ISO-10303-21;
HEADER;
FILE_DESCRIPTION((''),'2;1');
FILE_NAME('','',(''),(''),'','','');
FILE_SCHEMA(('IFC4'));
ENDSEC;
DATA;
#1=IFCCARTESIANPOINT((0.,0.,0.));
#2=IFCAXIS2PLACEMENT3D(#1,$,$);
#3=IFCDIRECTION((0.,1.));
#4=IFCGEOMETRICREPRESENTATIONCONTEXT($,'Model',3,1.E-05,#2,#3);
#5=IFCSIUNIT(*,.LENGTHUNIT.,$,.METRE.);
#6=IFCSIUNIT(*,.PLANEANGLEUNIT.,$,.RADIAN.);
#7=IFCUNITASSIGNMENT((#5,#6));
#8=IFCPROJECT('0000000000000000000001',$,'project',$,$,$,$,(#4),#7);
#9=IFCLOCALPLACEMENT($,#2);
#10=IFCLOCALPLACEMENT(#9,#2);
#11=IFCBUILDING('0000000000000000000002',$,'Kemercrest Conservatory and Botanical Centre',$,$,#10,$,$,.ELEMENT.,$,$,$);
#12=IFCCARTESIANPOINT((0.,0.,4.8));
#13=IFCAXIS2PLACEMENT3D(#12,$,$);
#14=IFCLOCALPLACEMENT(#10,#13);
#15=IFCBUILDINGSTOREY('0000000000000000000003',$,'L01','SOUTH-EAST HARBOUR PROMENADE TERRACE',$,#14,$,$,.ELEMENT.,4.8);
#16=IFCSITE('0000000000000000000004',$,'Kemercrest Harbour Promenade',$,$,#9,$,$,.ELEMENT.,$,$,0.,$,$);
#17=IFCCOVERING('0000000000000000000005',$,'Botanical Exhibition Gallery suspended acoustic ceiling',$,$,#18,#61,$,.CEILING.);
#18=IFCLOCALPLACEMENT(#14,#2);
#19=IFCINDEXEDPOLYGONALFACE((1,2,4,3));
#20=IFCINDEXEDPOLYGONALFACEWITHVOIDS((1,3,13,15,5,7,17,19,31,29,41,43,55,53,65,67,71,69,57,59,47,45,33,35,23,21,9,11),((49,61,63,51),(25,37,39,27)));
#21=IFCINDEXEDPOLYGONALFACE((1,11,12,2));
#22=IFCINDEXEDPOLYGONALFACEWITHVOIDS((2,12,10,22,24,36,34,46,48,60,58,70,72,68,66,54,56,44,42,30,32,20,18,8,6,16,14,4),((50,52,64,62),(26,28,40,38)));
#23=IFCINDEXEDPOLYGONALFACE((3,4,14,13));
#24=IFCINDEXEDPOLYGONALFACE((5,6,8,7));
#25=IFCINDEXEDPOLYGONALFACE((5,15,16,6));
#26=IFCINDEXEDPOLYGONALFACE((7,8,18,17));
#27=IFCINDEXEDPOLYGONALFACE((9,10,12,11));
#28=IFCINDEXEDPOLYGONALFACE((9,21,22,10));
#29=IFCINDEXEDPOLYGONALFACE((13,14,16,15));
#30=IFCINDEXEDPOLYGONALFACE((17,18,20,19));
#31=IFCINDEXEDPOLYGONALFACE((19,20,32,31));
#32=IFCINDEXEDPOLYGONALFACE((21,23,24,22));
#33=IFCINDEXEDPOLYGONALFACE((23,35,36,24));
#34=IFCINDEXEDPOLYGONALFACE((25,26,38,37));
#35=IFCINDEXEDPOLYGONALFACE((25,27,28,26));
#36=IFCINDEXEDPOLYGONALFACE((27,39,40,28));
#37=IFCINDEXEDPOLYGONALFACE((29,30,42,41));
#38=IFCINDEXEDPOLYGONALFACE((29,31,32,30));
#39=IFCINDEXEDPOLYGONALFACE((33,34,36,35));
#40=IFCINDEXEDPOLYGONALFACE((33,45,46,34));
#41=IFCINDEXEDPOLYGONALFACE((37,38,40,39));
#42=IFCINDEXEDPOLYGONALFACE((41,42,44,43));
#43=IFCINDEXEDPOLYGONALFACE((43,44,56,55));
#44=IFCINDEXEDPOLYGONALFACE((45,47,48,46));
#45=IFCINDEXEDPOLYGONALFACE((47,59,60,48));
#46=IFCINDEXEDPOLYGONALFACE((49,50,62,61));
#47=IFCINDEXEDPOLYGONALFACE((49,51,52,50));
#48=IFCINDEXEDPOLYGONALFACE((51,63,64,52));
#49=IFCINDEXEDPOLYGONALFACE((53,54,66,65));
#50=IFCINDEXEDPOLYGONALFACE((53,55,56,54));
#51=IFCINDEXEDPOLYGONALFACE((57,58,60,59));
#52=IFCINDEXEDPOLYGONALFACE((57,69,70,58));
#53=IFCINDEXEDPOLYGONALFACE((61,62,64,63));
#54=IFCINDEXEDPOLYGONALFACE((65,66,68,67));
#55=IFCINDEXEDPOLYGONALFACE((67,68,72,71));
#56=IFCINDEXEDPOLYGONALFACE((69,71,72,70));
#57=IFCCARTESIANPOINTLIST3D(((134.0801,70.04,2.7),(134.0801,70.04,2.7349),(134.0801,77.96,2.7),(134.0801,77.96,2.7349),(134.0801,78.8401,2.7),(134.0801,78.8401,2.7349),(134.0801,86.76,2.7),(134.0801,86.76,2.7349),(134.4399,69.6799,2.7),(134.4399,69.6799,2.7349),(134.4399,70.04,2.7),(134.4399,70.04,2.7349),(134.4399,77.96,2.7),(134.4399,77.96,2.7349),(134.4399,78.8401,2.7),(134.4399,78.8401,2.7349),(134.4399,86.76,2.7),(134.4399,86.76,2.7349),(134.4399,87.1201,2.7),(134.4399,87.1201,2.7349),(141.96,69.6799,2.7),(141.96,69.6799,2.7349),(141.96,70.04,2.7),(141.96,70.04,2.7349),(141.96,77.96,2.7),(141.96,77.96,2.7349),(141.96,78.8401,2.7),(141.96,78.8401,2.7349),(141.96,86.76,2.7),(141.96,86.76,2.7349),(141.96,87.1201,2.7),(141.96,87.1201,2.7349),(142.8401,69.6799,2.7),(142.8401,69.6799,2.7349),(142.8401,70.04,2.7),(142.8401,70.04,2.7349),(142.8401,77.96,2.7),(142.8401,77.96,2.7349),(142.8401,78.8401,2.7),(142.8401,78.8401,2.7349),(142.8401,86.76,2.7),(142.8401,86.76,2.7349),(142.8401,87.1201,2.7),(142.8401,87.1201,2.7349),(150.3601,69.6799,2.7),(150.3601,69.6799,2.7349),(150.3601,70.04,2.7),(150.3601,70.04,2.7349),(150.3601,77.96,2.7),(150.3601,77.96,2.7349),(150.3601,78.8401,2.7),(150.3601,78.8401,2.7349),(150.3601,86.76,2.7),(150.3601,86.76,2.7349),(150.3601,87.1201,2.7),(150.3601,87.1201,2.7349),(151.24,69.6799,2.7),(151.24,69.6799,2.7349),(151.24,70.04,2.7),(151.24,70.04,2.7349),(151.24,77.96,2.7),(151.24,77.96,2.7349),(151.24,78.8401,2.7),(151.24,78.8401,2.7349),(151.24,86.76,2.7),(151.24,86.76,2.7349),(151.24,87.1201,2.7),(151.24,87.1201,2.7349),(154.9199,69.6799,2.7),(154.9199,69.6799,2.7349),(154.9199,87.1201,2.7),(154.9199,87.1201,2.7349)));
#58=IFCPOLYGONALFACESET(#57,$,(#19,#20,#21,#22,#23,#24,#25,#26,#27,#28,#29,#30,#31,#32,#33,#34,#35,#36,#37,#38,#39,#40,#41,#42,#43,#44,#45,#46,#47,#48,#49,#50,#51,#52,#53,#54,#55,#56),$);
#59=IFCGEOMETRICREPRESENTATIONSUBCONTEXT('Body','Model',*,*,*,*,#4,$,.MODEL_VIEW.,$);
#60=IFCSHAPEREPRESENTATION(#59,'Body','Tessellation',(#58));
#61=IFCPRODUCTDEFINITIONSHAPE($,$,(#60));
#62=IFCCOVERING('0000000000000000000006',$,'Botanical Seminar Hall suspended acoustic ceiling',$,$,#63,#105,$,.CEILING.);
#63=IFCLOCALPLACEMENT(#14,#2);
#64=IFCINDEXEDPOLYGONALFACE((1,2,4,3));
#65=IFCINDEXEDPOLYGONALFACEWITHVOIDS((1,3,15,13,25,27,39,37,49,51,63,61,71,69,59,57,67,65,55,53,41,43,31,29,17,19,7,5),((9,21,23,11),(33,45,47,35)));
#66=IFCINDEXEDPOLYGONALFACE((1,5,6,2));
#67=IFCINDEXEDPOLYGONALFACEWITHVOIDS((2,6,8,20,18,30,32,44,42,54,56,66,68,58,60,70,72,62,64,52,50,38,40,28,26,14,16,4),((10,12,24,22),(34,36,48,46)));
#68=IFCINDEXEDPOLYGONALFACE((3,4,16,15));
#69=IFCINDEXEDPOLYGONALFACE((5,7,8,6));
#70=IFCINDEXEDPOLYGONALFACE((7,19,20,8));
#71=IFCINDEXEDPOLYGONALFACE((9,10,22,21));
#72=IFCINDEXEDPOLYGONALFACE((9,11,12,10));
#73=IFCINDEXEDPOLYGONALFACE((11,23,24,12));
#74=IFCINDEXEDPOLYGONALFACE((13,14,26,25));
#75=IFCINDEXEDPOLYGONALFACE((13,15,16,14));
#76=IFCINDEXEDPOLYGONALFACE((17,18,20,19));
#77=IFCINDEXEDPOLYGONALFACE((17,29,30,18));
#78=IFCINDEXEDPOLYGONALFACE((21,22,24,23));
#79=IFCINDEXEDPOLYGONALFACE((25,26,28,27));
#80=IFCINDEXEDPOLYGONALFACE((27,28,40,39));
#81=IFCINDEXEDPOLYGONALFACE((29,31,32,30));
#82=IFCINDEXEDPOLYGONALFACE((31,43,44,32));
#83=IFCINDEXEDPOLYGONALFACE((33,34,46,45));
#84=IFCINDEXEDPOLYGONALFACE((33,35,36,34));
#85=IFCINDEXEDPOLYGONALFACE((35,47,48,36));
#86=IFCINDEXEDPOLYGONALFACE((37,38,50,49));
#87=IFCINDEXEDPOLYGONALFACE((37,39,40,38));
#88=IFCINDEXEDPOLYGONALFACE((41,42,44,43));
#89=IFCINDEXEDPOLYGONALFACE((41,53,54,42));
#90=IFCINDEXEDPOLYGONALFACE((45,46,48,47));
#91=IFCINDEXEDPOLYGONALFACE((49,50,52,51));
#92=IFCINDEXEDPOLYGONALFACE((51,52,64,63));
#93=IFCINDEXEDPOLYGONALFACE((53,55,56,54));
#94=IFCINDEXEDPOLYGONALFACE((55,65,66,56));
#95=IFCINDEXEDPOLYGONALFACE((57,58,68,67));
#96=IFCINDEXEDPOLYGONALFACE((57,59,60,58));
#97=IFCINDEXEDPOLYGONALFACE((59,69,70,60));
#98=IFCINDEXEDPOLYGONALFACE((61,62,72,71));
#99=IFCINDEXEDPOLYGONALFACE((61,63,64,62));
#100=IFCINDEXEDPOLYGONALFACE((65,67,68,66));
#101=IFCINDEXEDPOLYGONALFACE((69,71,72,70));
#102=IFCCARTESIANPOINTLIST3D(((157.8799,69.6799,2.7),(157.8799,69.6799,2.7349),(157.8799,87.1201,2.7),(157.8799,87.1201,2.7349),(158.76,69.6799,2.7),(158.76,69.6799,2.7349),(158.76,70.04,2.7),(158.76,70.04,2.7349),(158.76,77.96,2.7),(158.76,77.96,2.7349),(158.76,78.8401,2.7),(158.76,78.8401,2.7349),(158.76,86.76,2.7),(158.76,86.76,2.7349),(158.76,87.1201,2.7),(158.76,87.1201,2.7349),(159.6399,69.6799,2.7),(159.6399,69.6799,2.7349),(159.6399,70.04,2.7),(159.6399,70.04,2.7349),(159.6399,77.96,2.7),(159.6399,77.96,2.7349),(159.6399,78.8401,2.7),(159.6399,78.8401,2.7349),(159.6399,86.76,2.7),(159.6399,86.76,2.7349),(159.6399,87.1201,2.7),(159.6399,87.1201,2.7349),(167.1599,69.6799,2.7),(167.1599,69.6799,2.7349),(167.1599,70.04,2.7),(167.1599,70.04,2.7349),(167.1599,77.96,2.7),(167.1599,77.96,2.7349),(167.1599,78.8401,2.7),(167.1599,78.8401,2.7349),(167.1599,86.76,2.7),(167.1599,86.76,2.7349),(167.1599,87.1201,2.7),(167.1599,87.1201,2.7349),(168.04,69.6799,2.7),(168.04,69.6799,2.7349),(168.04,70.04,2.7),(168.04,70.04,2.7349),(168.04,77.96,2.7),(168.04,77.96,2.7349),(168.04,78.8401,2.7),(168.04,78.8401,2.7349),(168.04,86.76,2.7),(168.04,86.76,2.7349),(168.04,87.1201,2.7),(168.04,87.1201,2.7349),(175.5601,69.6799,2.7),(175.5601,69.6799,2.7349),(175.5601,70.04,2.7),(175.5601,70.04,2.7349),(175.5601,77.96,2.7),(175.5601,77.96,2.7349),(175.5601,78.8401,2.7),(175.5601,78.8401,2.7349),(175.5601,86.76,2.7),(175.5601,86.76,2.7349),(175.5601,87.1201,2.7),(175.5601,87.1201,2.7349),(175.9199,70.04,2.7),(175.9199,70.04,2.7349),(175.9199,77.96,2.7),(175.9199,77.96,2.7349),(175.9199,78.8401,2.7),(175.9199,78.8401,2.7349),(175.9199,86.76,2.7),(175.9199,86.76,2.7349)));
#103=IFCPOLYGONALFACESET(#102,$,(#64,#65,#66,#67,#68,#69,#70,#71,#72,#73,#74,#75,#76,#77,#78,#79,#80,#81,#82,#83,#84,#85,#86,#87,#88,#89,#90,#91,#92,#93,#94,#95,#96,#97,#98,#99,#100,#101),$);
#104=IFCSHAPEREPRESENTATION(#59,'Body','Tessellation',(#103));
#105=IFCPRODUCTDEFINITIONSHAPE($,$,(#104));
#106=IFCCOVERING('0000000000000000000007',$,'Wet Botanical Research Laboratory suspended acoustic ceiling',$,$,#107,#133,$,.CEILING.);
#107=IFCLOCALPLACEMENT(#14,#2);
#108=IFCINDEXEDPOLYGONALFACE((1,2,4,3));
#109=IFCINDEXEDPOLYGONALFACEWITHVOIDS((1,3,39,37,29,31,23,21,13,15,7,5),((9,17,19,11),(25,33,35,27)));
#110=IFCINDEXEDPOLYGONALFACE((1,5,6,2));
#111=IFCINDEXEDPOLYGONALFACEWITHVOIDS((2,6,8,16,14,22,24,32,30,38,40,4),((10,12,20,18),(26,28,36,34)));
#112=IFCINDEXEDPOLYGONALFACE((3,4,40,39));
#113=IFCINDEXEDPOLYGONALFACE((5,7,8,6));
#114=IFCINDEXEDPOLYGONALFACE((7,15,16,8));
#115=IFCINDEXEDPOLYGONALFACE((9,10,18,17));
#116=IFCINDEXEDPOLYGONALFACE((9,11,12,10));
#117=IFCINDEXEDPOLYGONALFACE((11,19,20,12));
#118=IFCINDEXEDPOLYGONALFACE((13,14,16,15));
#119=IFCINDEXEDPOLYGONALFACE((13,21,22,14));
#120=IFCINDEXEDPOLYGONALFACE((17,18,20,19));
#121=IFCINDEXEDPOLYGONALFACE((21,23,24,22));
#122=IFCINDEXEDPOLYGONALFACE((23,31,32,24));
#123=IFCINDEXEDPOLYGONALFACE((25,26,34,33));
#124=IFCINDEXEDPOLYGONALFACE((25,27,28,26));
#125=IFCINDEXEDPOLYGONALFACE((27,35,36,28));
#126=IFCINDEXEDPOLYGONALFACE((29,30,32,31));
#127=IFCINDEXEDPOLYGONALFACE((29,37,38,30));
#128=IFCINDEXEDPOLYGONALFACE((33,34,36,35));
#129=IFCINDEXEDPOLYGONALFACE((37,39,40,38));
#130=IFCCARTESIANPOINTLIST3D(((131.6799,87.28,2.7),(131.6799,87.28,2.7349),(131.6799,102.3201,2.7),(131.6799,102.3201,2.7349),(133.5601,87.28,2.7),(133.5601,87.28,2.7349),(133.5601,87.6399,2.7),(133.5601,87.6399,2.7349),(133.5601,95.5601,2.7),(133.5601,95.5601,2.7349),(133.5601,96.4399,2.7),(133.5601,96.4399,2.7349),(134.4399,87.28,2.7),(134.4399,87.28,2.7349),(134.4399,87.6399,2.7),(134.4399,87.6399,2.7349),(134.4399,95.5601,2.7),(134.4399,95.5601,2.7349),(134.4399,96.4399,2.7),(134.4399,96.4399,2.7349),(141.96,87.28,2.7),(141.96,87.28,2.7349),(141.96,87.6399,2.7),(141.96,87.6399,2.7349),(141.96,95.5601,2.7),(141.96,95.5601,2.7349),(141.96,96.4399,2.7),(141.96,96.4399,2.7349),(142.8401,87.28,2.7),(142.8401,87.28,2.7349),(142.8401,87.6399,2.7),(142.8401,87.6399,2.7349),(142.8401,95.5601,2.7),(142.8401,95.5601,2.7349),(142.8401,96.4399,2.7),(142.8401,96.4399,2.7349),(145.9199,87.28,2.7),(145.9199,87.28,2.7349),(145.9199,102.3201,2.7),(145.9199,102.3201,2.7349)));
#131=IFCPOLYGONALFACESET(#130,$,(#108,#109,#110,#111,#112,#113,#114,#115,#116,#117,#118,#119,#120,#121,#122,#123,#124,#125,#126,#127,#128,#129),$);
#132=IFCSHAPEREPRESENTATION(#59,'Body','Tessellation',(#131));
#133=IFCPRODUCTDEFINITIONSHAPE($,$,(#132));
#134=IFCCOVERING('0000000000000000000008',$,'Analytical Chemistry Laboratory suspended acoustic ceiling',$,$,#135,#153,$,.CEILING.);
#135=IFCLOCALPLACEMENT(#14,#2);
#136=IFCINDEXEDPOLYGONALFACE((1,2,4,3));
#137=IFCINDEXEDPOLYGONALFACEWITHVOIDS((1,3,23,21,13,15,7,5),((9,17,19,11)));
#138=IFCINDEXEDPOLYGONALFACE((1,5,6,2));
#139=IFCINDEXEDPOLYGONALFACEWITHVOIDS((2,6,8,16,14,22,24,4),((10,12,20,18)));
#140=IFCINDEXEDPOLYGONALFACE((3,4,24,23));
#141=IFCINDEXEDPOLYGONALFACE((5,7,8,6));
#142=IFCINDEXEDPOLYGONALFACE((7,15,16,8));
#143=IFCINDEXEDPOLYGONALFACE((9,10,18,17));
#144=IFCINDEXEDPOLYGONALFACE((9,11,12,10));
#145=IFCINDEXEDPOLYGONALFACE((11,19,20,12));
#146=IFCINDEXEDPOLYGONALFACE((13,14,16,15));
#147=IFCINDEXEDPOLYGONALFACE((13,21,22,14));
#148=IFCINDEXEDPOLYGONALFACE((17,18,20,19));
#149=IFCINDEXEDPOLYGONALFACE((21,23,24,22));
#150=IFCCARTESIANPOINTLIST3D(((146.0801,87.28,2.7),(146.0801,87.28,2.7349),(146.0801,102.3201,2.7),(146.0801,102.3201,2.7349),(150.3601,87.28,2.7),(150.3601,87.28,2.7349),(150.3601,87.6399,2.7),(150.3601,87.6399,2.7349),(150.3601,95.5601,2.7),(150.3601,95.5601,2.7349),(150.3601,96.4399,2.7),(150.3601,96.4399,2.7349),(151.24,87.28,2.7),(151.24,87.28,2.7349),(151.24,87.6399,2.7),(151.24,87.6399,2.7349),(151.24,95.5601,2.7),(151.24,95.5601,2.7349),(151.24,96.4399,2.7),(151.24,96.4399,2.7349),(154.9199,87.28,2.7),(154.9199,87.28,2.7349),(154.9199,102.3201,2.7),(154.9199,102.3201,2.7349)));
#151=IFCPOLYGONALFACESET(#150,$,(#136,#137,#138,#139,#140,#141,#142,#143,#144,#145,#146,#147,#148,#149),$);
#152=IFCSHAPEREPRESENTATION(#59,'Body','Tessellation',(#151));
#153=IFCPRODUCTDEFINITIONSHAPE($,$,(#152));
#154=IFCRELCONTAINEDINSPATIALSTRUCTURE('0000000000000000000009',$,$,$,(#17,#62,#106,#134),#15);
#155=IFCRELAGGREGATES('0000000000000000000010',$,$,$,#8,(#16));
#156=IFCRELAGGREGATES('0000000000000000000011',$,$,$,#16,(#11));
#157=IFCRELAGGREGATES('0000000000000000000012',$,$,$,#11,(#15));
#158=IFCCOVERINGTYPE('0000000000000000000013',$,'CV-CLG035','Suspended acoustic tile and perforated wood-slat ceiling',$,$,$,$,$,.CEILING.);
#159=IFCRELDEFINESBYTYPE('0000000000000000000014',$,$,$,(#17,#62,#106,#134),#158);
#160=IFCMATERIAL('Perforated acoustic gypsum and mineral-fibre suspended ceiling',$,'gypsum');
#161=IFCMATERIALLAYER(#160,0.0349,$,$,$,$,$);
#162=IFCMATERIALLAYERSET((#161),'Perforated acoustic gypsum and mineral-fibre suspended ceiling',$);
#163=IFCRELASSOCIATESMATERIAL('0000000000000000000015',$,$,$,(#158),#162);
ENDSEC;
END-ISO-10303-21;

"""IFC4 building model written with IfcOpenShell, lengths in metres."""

from ifc_helpers import new_model, si_unit, direction, frame, origin, place, context, subcontext, project, spatial, polyline, outline, extrude, material, layer, layer_set, type_object, element, save


model = new_model("IFC4")

# Units and contexts
model_context = context("Model", 3, precision=1e-05, world=origin(), true_north=direction((0.0, 1.0)))
body_context = subcontext(model_context, "Body", "Model", "MODEL_VIEW")
ifc_project = project(units=[si_unit("LENGTHUNIT", "METRE"), si_unit("PLANEANGLEUNIT", "RADIAN")], contexts=[model_context])

# Site, building, storey
site_placement = place(None, origin())
site = spatial("IfcSite", under=ifc_project, at=site_placement, Name="Kemercrest Harbour Promenade", CompositionType="ELEMENT", RefElevation=0.0)
building_placement = place(site_placement, origin())
building = spatial("IfcBuilding", under=site, at=building_placement, Name="Kemercrest Conservatory and Botanical Centre", CompositionType="ELEMENT")
storey_placement = place(building_placement, frame((0.0, 0.0, 4.8)))
storey = spatial("IfcBuildingStorey", under=building, at=storey_placement, Name="L01", Description="SOUTH-EAST HARBOUR PROMENADE TERRACE", CompositionType="ELEMENT", Elevation=4.8)

# Coverings
ifc_material = material(Name="Perforated acoustic gypsum and mineral-fibre suspended ceiling", Category="gypsum")
ifc_layer = layer(ifc_material, 0.0349)
ifc_layer_set = layer_set([ifc_layer], Name="Perforated acoustic gypsum and mineral-fibre suspended ceiling")
covering_type = type_object("IfcCoveringType", Name="CV-CLG035", Description="Suspended acoustic tile and perforated wood-slat ceiling", PredefinedType="CEILING", material=ifc_layer_set)
covering_1_placement = place(storey_placement, frame((0.0, 0.0, 2.7)))
element("IfcCovering", 1, at=covering_1_placement, inside=storey, type_object=covering_type, Name="Botanical Exhibition Gallery suspended acoustic ceiling", PredefinedType="CEILING", context=body_context, shape_type="SweptSolid", body=[
    extrude(outline(polyline([(150.3601, 70.04), (151.24, 70.04), (151.24, 69.6799), (154.9199, 69.6799), (154.9199, 87.1201), (151.24, 87.1201), (151.24, 86.76), (150.3601, 86.76), (150.3601, 87.1201), (142.8401, 87.1201), (142.8401, 86.76), (141.96, 86.76), (141.96, 87.1201), (134.4399, 87.1201), (134.4399, 86.76), (134.0801, 86.76), (134.0801, 78.8401), (134.4399, 78.8401), (134.4399, 77.96), (134.0801, 77.96), (134.0801, 70.04), (134.4399, 70.04), (134.4399, 69.6799), (141.96, 69.6799), (141.96, 70.04), (142.8401, 70.04), (142.8401, 69.6799), (150.3601, 69.6799), (150.3601, 70.04)]), holes=[polyline([(150.3601, 77.96), (150.3601, 78.8401), (151.24, 78.8401), (151.24, 77.96), (150.3601, 77.96)]), polyline([(141.96, 77.96), (141.96, 78.8401), (142.8401, 78.8401), (142.8401, 77.96), (141.96, 77.96)])]), origin(), (0.0, 0.0, 1.0), 0.0349),
])
covering_2_placement = place(storey_placement, frame((0.0, 0.0, 2.7)))
element("IfcCovering", 2, at=covering_2_placement, inside=storey, type_object=covering_type, Name="Botanical Seminar Hall suspended acoustic ceiling", PredefinedType="CEILING", context=body_context, shape_type="SweptSolid", body=[
    extrude(outline(polyline([(167.1599, 70.04), (168.04, 70.04), (168.04, 69.6799), (175.5601, 69.6799), (175.5601, 70.04), (175.9199, 70.04), (175.9199, 77.96), (175.5601, 77.96), (175.5601, 78.8401), (175.9199, 78.8401), (175.9199, 86.76), (175.5601, 86.76), (175.5601, 87.1201), (168.04, 87.1201), (168.04, 86.76), (167.1599, 86.76), (167.1599, 87.1201), (159.6399, 87.1201), (159.6399, 86.76), (158.76, 86.76), (158.76, 87.1201), (157.8799, 87.1201), (157.8799, 69.6799), (158.76, 69.6799), (158.76, 70.04), (159.6399, 70.04), (159.6399, 69.6799), (167.1599, 69.6799), (167.1599, 70.04)]), holes=[polyline([(167.1599, 77.96), (167.1599, 78.8401), (168.04, 78.8401), (168.04, 77.96), (167.1599, 77.96)]), polyline([(159.6399, 77.96), (158.76, 77.96), (158.76, 78.8401), (159.6399, 78.8401), (159.6399, 77.96)])]), origin(), (0.0, 0.0, 1.0), 0.0349),
])
covering_3_placement = place(storey_placement, frame((0.0, 0.0, 2.7)))
element("IfcCovering", 3, at=covering_3_placement, inside=storey, type_object=covering_type, Name="Wet Botanical Research Laboratory suspended acoustic ceiling", PredefinedType="CEILING", context=body_context, shape_type="SweptSolid", body=[
    extrude(outline(polyline([(141.96, 87.6399), (142.8401, 87.6399), (142.8401, 87.28), (145.9199, 87.28), (145.9199, 102.3201), (131.6799, 102.3201), (131.6799, 87.28), (133.5601, 87.28), (133.5601, 87.6399), (134.4399, 87.6399), (134.4399, 87.28), (141.96, 87.28), (141.96, 87.6399)]), holes=[polyline([(142.8401, 95.5601), (141.96, 95.5601), (141.96, 96.4399), (142.8401, 96.4399), (142.8401, 95.5601)]), polyline([(134.4399, 95.5601), (133.5601, 95.5601), (133.5601, 96.4399), (134.4399, 96.4399), (134.4399, 95.5601)])]), origin(), (0.0, 0.0, 1.0), 0.0349),
])
covering_4_placement = place(storey_placement, frame((0.0, 0.0, 2.7)))
element("IfcCovering", 4, at=covering_4_placement, inside=storey, type_object=covering_type, Name="Analytical Chemistry Laboratory suspended acoustic ceiling", PredefinedType="CEILING", context=body_context, shape_type="SweptSolid", body=[
    extrude(outline(polyline([(150.3601, 87.6399), (151.24, 87.6399), (151.24, 87.28), (154.9199, 87.28), (154.9199, 102.3201), (146.0801, 102.3201), (146.0801, 87.28), (150.3601, 87.28), (150.3601, 87.6399)]), holes=[polyline([(150.3601, 95.5601), (150.3601, 96.4399), (151.24, 96.4399), (151.24, 95.5601), (150.3601, 95.5601)])]), origin(), (0.0, 0.0, 1.0), 0.0349),
])

save(model, "model.ifc")
